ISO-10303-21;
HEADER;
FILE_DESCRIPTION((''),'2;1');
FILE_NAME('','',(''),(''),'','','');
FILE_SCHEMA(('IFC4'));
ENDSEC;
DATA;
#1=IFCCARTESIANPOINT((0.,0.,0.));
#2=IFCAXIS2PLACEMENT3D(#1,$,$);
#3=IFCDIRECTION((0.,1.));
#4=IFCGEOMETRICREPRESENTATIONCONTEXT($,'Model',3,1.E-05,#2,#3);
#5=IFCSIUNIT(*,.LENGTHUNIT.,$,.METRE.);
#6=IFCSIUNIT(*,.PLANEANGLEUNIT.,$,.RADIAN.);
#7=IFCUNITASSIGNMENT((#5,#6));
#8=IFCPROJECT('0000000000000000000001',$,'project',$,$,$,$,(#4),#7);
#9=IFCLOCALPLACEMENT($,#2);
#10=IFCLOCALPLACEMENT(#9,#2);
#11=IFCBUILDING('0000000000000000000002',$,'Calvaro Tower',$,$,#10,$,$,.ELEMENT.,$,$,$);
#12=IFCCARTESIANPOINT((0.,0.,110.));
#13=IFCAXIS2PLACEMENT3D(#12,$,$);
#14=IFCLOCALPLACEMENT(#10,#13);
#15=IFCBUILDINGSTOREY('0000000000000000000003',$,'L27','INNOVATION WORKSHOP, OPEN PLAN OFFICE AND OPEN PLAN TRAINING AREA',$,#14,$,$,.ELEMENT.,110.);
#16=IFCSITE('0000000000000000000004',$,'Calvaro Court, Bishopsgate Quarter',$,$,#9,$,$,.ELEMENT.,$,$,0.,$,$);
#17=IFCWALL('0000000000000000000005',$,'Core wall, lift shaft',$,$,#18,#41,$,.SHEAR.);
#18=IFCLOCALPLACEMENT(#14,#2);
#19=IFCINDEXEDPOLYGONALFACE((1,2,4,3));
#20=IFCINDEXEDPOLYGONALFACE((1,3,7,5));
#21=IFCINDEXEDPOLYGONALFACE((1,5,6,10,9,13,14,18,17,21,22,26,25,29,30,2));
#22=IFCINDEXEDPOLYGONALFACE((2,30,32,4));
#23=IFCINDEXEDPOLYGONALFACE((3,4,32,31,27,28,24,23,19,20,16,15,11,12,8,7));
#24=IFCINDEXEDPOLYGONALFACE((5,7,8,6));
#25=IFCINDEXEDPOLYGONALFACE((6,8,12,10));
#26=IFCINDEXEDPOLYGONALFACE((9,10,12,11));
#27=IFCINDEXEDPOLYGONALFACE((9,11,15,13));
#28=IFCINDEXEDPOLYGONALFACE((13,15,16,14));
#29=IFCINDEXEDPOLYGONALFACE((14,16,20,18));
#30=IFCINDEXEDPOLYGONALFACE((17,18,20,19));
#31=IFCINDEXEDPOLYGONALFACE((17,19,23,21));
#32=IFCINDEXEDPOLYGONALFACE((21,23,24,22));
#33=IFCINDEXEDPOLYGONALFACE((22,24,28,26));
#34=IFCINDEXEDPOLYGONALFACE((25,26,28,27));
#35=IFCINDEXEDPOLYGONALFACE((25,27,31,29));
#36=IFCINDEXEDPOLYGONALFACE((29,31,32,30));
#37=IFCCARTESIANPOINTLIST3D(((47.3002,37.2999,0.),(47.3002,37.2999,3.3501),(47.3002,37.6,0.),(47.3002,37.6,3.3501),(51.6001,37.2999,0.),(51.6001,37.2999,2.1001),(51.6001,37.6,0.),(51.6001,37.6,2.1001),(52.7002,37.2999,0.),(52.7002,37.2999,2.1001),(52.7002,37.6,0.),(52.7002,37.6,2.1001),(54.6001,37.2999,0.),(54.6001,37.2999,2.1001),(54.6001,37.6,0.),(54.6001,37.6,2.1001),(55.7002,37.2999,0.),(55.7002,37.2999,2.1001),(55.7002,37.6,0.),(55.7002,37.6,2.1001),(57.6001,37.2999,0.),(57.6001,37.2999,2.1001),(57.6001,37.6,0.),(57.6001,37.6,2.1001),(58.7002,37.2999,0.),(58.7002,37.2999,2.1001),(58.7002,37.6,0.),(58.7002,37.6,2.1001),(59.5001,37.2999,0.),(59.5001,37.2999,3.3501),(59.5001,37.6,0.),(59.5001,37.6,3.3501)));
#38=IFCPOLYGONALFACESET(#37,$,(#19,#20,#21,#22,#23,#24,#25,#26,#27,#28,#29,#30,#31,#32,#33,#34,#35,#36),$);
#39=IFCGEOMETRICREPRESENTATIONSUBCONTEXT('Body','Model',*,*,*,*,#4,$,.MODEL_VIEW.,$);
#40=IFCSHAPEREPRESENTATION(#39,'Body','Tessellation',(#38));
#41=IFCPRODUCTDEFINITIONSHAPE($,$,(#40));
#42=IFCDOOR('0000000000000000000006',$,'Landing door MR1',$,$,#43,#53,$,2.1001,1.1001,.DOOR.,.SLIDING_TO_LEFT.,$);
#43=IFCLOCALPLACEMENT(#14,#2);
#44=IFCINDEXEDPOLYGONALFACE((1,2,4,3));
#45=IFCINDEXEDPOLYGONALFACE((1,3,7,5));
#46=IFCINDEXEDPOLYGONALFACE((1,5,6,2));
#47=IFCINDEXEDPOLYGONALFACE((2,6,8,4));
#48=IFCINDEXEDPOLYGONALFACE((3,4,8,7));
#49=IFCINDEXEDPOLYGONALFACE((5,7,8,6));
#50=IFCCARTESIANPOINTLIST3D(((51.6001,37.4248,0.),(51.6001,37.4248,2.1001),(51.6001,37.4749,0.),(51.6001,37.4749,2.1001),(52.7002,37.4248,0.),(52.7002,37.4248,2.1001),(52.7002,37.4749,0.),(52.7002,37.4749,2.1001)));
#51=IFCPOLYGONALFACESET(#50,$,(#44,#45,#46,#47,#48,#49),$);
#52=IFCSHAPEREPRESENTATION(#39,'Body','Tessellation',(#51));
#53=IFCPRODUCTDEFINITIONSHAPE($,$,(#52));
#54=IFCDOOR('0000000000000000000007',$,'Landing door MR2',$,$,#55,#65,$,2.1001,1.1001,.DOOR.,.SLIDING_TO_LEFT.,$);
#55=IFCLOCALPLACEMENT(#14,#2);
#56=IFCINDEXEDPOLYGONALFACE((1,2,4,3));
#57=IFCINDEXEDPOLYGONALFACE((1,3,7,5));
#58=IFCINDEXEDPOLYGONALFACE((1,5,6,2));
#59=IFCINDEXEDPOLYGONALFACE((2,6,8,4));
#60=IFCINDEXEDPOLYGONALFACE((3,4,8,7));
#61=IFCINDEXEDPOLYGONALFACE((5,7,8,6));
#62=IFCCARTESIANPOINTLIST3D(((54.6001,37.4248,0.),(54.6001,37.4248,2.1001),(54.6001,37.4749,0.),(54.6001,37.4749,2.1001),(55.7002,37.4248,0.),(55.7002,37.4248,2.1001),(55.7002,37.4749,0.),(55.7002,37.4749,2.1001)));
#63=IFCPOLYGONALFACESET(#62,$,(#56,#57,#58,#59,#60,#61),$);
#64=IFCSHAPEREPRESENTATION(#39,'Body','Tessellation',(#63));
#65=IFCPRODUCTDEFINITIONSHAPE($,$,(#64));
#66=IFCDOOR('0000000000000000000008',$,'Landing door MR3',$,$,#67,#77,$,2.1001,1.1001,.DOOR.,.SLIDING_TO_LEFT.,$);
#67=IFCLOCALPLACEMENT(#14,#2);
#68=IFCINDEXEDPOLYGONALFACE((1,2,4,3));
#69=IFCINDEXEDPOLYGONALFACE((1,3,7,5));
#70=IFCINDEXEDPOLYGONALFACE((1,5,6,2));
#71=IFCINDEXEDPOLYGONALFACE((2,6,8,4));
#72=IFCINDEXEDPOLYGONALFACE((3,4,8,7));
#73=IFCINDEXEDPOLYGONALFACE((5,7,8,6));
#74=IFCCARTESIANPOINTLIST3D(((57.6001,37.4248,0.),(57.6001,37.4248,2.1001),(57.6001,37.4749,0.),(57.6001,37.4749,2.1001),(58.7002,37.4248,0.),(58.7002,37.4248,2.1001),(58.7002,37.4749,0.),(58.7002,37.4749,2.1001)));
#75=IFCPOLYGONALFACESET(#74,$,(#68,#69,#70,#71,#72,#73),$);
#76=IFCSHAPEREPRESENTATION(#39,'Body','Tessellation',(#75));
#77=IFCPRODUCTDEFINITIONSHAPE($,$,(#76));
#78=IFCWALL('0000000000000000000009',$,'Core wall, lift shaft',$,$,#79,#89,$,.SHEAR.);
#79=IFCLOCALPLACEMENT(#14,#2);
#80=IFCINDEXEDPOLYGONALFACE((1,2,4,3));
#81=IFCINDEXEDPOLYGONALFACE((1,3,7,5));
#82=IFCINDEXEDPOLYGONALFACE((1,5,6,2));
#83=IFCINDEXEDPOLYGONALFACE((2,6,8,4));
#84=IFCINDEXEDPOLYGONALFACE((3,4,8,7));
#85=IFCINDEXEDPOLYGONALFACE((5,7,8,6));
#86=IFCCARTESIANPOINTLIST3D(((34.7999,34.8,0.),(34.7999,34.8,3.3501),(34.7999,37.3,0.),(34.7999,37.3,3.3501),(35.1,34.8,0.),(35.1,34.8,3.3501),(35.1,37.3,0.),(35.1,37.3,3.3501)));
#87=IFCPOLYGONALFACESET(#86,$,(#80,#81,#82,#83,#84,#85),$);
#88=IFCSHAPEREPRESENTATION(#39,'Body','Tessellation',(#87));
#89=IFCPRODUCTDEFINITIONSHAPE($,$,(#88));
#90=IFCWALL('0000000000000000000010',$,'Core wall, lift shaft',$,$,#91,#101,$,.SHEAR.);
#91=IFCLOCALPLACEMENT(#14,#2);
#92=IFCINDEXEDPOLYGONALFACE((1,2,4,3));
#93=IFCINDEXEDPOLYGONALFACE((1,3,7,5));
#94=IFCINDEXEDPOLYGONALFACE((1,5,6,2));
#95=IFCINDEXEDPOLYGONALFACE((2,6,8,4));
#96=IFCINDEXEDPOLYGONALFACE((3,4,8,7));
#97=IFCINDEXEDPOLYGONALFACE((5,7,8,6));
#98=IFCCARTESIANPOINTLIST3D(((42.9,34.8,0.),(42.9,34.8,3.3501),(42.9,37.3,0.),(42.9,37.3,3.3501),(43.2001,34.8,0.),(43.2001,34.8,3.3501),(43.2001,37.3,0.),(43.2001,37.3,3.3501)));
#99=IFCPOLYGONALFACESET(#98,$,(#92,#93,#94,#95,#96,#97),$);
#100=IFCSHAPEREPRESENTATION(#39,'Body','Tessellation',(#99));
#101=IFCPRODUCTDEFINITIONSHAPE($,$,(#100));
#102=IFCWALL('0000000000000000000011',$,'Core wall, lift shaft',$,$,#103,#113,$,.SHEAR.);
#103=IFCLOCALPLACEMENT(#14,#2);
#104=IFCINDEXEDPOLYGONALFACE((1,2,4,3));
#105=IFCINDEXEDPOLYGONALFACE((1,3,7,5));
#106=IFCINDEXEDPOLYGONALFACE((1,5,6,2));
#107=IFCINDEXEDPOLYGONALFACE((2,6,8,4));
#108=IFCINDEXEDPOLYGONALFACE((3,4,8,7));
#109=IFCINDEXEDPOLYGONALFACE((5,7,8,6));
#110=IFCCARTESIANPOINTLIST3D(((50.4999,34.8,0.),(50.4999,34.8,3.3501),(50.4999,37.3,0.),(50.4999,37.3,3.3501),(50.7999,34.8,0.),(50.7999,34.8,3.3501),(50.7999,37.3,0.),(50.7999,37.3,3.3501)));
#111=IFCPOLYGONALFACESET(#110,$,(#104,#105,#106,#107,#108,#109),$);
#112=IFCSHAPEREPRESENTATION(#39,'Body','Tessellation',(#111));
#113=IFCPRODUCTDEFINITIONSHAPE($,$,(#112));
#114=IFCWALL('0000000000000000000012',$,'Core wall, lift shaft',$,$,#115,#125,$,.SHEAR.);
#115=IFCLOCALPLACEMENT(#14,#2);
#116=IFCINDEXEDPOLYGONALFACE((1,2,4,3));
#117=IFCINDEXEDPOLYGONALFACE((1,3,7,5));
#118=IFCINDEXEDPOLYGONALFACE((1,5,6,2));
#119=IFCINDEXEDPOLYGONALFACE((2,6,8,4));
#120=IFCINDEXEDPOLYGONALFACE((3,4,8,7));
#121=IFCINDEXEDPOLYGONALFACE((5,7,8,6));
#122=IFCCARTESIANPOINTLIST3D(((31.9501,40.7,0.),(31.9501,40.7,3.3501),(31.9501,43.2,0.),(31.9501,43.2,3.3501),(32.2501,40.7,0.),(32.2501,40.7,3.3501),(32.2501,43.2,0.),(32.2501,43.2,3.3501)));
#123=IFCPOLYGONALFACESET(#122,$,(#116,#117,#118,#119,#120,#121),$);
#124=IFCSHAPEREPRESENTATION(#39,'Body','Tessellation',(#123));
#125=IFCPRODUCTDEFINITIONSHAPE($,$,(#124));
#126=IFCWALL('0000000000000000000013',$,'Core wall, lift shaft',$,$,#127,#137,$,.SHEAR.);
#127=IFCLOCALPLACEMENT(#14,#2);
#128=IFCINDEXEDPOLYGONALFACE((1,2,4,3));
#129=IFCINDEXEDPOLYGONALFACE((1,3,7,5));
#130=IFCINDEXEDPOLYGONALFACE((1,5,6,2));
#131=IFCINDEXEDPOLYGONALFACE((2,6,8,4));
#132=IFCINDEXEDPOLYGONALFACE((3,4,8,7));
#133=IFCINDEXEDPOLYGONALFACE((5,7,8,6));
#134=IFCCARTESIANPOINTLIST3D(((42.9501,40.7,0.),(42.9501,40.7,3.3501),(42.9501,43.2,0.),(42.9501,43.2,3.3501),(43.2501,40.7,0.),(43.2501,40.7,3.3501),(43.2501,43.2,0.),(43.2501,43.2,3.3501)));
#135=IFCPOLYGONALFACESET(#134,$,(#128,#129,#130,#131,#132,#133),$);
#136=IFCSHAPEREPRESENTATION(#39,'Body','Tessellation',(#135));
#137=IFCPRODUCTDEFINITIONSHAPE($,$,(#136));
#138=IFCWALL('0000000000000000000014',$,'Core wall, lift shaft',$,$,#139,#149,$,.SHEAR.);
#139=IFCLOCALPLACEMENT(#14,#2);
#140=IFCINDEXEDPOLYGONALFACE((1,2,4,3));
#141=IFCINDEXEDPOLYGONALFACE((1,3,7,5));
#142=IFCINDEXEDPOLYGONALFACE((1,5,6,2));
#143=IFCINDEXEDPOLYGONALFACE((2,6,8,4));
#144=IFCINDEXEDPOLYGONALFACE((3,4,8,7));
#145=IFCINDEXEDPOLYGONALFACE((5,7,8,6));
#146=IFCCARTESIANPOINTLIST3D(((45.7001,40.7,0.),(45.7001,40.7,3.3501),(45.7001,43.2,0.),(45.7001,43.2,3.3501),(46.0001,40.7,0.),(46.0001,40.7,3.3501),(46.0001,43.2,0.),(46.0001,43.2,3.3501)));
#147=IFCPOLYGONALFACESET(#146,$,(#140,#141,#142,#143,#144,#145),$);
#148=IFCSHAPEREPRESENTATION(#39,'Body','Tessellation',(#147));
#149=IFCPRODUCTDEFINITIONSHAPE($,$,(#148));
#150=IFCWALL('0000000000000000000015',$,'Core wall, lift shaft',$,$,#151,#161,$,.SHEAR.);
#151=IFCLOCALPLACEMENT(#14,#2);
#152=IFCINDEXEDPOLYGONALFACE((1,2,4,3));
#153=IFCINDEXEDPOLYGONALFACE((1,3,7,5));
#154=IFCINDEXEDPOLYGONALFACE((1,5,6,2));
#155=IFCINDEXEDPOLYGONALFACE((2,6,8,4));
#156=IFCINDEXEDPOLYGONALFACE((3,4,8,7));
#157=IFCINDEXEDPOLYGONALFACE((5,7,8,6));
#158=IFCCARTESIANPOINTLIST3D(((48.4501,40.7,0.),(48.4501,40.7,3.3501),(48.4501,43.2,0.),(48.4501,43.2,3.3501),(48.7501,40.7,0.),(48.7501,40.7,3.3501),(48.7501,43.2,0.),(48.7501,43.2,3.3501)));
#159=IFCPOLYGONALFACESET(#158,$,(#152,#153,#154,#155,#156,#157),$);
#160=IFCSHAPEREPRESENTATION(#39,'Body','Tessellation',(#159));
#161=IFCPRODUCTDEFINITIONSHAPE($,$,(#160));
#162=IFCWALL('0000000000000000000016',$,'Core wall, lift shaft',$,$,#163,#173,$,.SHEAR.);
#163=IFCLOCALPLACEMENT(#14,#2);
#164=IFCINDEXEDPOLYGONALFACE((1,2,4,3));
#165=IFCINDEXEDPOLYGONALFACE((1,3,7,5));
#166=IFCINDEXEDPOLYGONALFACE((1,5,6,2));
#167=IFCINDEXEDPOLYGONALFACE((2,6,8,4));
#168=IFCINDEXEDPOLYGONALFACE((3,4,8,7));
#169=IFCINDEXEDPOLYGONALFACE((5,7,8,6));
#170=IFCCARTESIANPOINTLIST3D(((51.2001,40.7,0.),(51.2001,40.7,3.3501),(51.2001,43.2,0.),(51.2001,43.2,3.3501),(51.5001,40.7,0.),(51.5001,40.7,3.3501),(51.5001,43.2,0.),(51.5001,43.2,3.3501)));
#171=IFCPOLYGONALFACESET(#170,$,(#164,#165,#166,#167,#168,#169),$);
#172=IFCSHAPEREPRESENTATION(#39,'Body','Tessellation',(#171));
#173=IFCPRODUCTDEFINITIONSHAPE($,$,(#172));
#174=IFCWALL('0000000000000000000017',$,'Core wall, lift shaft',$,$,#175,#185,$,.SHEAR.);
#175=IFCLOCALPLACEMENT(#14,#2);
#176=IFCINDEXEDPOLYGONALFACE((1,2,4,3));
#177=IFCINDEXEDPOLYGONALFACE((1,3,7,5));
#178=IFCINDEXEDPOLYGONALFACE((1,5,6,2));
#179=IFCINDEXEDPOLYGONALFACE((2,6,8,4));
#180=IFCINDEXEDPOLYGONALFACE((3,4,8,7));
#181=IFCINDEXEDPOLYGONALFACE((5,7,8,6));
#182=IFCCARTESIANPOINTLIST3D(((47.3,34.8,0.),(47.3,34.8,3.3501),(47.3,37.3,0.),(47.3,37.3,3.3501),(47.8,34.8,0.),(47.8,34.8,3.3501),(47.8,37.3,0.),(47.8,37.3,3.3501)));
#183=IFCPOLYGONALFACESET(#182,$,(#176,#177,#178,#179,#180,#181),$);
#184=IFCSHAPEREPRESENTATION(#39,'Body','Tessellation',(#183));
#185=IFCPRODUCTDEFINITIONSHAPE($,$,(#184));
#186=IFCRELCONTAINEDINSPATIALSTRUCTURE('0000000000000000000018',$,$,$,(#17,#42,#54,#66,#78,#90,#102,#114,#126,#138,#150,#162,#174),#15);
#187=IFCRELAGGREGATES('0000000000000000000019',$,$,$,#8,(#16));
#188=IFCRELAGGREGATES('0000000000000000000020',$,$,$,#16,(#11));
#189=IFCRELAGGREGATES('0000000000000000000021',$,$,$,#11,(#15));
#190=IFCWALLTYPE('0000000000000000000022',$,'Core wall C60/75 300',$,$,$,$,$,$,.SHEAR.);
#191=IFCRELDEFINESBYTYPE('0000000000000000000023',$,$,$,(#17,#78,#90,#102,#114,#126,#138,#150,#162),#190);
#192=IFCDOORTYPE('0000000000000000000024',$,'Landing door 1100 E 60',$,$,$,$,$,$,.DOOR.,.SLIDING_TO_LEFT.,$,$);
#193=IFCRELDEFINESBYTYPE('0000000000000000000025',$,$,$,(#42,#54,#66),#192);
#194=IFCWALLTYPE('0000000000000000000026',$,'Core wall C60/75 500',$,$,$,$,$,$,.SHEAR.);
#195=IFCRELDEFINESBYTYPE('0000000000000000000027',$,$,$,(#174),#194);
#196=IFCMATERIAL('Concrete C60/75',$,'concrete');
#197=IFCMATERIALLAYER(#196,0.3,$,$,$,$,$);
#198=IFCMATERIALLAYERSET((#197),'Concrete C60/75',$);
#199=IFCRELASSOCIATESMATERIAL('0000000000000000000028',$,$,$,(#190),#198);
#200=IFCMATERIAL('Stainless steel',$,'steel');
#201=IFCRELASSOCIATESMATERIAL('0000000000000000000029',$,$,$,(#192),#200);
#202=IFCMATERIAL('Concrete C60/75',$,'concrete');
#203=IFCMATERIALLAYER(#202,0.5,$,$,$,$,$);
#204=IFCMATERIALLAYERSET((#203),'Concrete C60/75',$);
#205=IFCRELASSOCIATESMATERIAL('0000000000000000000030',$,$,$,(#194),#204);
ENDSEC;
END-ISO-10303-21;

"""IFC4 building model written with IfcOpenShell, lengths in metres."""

from ifc_helpers import new_model, si_unit, direction, frame, frame_2d, origin, place, context, subcontext, project, spatial, rectangle, extrude, material, layer, layer_set, type_object, element, fill, save


model = new_model("IFC4")

# Units and contexts
model_context = context("Model", 3, precision=1e-05, world=origin(), true_north=direction((0.0, 1.0)))
body_context = subcontext(model_context, "Body", "Model", "MODEL_VIEW")
ifc_project = project(units=[si_unit("LENGTHUNIT", "METRE"), si_unit("PLANEANGLEUNIT", "RADIAN")], contexts=[model_context])

# Site, building, storey
site_placement = place(None, origin())
site = spatial("IfcSite", under=ifc_project, at=site_placement, Name="Calvaro Court, Bishopsgate Quarter", CompositionType="ELEMENT", RefElevation=0.0)
building_placement = place(site_placement, origin())
building = spatial("IfcBuilding", under=site, at=building_placement, Name="Calvaro Tower", CompositionType="ELEMENT")
storey_placement = place(building_placement, frame((0.0, 0.0, 110.0)))
storey = spatial("IfcBuildingStorey", under=building, at=storey_placement, Name="L27", Description="INNOVATION WORKSHOP, OPEN PLAN OFFICE AND OPEN PLAN TRAINING AREA", CompositionType="ELEMENT", Elevation=110.0)

# Shared definitions
ifc_material_1 = material(Name="Concrete C60/75", Category="concrete")
ifc_layer_1 = layer(ifc_material_1, 0.3)
ifc_layer_set_1 = layer_set([ifc_layer_1], Name="Concrete C60/75")
wall_type_1 = type_object("IfcWallType", Name="Core wall C60/75 300", PredefinedType="SHEAR", material=ifc_layer_set_1)

# Shared definitions
ifc_material_2 = material(Name="Stainless steel", Category="steel")
door_type_1 = type_object("IfcDoorType", Name="Landing door 1100 E 60", OperationType="SLIDING_TO_LEFT", PredefinedType="DOOR", material=ifc_material_2)

# Wall, openings, doors
wall_1_placement = place(storey_placement, frame((47.3, 37.45, 0.0), z_axis=(0.0, 0.0, 1.0), x_axis=(1.0, 0.0, 0.0)))
wall_1 = element("IfcWall", 1, at=wall_1_placement, inside=storey, type_object=wall_type_1, Name="Core wall, lift shaft", PredefinedType="SHEAR", context=body_context, shape_type="SweptSolid", body=[
    extrude(rectangle(XDim=12.2, YDim=0.3, at=frame_2d((6.1001, 0.0))), origin(), (0.0, 0.0, 1.0), 3.3501),
])
opening_1_placement = place(wall_1_placement, frame((4.3, 0.0, 0.0)))
opening_1 = element("IfcOpeningElement", 2, at=opening_1_placement, cuts=wall_1, PredefinedType="OPENING", context=body_context, shape_type="SweptSolid", body=[
    extrude(rectangle(XDim=1.1001, YDim=2.1001, at=frame_2d((0.55, 1.05))), frame((0.0, 0.1599, 0.0), z_axis=(0.0, -1.0, 0.0), x_axis=(1.0, 0.0, 0.0)), (0.0, 0.0, 1.0), 0.3201),
])
opening_2_placement = place(wall_1_placement, frame((7.3, 0.0, 0.0)))
opening_2 = element("IfcOpeningElement", 3, at=opening_2_placement, cuts=wall_1, PredefinedType="OPENING", context=body_context, shape_type="SweptSolid", body=[
    extrude(rectangle(XDim=1.1001, YDim=2.1001, at=frame_2d((0.55, 1.05))), frame((0.0, 0.1599, 0.0), z_axis=(0.0, -1.0, 0.0), x_axis=(1.0, 0.0, 0.0)), (0.0, 0.0, 1.0), 0.3201),
])
opening_3_placement = place(wall_1_placement, frame((10.3, 0.0, 0.0)))
opening_3 = element("IfcOpeningElement", 4, at=opening_3_placement, cuts=wall_1, PredefinedType="OPENING", context=body_context, shape_type="SweptSolid", body=[
    extrude(rectangle(XDim=1.1001, YDim=2.1001, at=frame_2d((0.55, 1.05))), frame((0.0, 0.1599, 0.0), z_axis=(0.0, -1.0, 0.0), x_axis=(1.0, 0.0, 0.0)), (0.0, 0.0, 1.0), 0.3201),
])
door_1_placement = place(opening_1_placement, origin())
door_1 = element("IfcDoor", 5, at=door_1_placement, inside=storey, type_object=door_type_1, Name="Landing door MR1", OperationType="SLIDING_TO_LEFT", OverallHeight=2.1001, OverallWidth=1.1001, PredefinedType="DOOR", context=body_context, shape_type="SweptSolid", body=[
    extrude(rectangle(XDim=1.1001, YDim=2.1001, at=frame_2d((0.55, 1.05))), frame((0.0, 0.0249, 0.0), z_axis=(0.0, -1.0, 0.0), x_axis=(1.0, 0.0, 0.0)), (0.0, 0.0, 1.0), 0.05),
])
fill(opening_1, door_1)
door_2_placement = place(opening_2_placement, origin())
door_2 = element("IfcDoor", 6, at=door_2_placement, inside=storey, type_object=door_type_1, Name="Landing door MR2", OperationType="SLIDING_TO_LEFT", OverallHeight=2.1001, OverallWidth=1.1001, PredefinedType="DOOR", context=body_context, shape_type="SweptSolid", body=[
    extrude(rectangle(XDim=1.1001, YDim=2.1001, at=frame_2d((0.55, 1.05))), frame((0.0, 0.0249, 0.0), z_axis=(0.0, -1.0, 0.0), x_axis=(1.0, 0.0, 0.0)), (0.0, 0.0, 1.0), 0.05),
])
fill(opening_2, door_2)
door_3_placement = place(opening_3_placement, origin())
door_3 = element("IfcDoor", 7, at=door_3_placement, inside=storey, type_object=door_type_1, Name="Landing door MR3", OperationType="SLIDING_TO_LEFT", OverallHeight=2.1001, OverallWidth=1.1001, PredefinedType="DOOR", context=body_context, shape_type="SweptSolid", body=[
    extrude(rectangle(XDim=1.1001, YDim=2.1001, at=frame_2d((0.55, 1.05))), frame((0.0, 0.0249, 0.0), z_axis=(0.0, -1.0, 0.0), x_axis=(1.0, 0.0, 0.0)), (0.0, 0.0, 1.0), 0.05),
])
fill(opening_3, door_3)

# Walls
for number, where, z_axis, x_axis, name in (
    (8, (34.95, 34.8, 0.0), (0.0, 0.0, 1.0), (0.0, 1.0, 0.0), "Core wall, lift shaft"),
    (9, (43.05, 34.8, 0.0), (0.0, 0.0, 1.0), (0.0, 1.0, 0.0), "Core wall, lift shaft"),
    (10, (50.6499, 34.8, 0.0), (0.0, 0.0, 1.0), (0.0, 1.0, 0.0), "Core wall, lift shaft"),
    (11, (32.1001, 40.7, 0.0), (0.0, 0.0, 1.0), (0.0, 1.0, 0.0), "Core wall, lift shaft"),
    (12, (43.1001, 40.7, 0.0), (0.0, 0.0, 1.0), (0.0, 1.0, 0.0), "Core wall, lift shaft"),
    (13, (45.8501, 40.7, 0.0), (0.0, 0.0, 1.0), (0.0, 1.0, 0.0), "Core wall, lift shaft"),
    (14, (48.6001, 40.7, 0.0), (0.0, 0.0, 1.0), (0.0, 1.0, 0.0), "Core wall, lift shaft"),
    (15, (51.3501, 40.7, 0.0), (0.0, 0.0, 1.0), (0.0, 1.0, 0.0), "Core wall, lift shaft"),
):
    element("IfcWall", number, at=place(storey_placement, frame(where, z_axis=z_axis, x_axis=x_axis)), inside=storey, type_object=wall_type_1, Name=name, PredefinedType="SHEAR", context=body_context, shape_type="SweptSolid", body=[
        extrude(rectangle(XDim=2.5, YDim=0.3, at=frame_2d((1.25, 0.0))), origin(), (0.0, 0.0, 1.0), 3.3501),
    ])
ifc_material_3 = material(Name="Concrete C60/75", Category="concrete")
ifc_layer_2 = layer(ifc_material_3, 0.5)
ifc_layer_set_2 = layer_set([ifc_layer_2], Name="Concrete C60/75")
wall_type_2 = type_object("IfcWallType", Name="Core wall C60/75 500", PredefinedType="SHEAR", material=ifc_layer_set_2)
wall_2_placement = place(storey_placement, frame((47.55, 34.8, 0.0), z_axis=(0.0, 0.0, 1.0), x_axis=(0.0, 1.0, 0.0)))
element("IfcWall", 16, at=wall_2_placement, inside=storey, type_object=wall_type_2, Name="Core wall, lift shaft", PredefinedType="SHEAR", context=body_context, shape_type="SweptSolid", body=[
    extrude(rectangle(XDim=2.5, YDim=0.5, at=frame_2d((1.25, 0.0))), origin(), (0.0, 0.0, 1.0), 3.3501),
])

save(model, "model.ifc")
